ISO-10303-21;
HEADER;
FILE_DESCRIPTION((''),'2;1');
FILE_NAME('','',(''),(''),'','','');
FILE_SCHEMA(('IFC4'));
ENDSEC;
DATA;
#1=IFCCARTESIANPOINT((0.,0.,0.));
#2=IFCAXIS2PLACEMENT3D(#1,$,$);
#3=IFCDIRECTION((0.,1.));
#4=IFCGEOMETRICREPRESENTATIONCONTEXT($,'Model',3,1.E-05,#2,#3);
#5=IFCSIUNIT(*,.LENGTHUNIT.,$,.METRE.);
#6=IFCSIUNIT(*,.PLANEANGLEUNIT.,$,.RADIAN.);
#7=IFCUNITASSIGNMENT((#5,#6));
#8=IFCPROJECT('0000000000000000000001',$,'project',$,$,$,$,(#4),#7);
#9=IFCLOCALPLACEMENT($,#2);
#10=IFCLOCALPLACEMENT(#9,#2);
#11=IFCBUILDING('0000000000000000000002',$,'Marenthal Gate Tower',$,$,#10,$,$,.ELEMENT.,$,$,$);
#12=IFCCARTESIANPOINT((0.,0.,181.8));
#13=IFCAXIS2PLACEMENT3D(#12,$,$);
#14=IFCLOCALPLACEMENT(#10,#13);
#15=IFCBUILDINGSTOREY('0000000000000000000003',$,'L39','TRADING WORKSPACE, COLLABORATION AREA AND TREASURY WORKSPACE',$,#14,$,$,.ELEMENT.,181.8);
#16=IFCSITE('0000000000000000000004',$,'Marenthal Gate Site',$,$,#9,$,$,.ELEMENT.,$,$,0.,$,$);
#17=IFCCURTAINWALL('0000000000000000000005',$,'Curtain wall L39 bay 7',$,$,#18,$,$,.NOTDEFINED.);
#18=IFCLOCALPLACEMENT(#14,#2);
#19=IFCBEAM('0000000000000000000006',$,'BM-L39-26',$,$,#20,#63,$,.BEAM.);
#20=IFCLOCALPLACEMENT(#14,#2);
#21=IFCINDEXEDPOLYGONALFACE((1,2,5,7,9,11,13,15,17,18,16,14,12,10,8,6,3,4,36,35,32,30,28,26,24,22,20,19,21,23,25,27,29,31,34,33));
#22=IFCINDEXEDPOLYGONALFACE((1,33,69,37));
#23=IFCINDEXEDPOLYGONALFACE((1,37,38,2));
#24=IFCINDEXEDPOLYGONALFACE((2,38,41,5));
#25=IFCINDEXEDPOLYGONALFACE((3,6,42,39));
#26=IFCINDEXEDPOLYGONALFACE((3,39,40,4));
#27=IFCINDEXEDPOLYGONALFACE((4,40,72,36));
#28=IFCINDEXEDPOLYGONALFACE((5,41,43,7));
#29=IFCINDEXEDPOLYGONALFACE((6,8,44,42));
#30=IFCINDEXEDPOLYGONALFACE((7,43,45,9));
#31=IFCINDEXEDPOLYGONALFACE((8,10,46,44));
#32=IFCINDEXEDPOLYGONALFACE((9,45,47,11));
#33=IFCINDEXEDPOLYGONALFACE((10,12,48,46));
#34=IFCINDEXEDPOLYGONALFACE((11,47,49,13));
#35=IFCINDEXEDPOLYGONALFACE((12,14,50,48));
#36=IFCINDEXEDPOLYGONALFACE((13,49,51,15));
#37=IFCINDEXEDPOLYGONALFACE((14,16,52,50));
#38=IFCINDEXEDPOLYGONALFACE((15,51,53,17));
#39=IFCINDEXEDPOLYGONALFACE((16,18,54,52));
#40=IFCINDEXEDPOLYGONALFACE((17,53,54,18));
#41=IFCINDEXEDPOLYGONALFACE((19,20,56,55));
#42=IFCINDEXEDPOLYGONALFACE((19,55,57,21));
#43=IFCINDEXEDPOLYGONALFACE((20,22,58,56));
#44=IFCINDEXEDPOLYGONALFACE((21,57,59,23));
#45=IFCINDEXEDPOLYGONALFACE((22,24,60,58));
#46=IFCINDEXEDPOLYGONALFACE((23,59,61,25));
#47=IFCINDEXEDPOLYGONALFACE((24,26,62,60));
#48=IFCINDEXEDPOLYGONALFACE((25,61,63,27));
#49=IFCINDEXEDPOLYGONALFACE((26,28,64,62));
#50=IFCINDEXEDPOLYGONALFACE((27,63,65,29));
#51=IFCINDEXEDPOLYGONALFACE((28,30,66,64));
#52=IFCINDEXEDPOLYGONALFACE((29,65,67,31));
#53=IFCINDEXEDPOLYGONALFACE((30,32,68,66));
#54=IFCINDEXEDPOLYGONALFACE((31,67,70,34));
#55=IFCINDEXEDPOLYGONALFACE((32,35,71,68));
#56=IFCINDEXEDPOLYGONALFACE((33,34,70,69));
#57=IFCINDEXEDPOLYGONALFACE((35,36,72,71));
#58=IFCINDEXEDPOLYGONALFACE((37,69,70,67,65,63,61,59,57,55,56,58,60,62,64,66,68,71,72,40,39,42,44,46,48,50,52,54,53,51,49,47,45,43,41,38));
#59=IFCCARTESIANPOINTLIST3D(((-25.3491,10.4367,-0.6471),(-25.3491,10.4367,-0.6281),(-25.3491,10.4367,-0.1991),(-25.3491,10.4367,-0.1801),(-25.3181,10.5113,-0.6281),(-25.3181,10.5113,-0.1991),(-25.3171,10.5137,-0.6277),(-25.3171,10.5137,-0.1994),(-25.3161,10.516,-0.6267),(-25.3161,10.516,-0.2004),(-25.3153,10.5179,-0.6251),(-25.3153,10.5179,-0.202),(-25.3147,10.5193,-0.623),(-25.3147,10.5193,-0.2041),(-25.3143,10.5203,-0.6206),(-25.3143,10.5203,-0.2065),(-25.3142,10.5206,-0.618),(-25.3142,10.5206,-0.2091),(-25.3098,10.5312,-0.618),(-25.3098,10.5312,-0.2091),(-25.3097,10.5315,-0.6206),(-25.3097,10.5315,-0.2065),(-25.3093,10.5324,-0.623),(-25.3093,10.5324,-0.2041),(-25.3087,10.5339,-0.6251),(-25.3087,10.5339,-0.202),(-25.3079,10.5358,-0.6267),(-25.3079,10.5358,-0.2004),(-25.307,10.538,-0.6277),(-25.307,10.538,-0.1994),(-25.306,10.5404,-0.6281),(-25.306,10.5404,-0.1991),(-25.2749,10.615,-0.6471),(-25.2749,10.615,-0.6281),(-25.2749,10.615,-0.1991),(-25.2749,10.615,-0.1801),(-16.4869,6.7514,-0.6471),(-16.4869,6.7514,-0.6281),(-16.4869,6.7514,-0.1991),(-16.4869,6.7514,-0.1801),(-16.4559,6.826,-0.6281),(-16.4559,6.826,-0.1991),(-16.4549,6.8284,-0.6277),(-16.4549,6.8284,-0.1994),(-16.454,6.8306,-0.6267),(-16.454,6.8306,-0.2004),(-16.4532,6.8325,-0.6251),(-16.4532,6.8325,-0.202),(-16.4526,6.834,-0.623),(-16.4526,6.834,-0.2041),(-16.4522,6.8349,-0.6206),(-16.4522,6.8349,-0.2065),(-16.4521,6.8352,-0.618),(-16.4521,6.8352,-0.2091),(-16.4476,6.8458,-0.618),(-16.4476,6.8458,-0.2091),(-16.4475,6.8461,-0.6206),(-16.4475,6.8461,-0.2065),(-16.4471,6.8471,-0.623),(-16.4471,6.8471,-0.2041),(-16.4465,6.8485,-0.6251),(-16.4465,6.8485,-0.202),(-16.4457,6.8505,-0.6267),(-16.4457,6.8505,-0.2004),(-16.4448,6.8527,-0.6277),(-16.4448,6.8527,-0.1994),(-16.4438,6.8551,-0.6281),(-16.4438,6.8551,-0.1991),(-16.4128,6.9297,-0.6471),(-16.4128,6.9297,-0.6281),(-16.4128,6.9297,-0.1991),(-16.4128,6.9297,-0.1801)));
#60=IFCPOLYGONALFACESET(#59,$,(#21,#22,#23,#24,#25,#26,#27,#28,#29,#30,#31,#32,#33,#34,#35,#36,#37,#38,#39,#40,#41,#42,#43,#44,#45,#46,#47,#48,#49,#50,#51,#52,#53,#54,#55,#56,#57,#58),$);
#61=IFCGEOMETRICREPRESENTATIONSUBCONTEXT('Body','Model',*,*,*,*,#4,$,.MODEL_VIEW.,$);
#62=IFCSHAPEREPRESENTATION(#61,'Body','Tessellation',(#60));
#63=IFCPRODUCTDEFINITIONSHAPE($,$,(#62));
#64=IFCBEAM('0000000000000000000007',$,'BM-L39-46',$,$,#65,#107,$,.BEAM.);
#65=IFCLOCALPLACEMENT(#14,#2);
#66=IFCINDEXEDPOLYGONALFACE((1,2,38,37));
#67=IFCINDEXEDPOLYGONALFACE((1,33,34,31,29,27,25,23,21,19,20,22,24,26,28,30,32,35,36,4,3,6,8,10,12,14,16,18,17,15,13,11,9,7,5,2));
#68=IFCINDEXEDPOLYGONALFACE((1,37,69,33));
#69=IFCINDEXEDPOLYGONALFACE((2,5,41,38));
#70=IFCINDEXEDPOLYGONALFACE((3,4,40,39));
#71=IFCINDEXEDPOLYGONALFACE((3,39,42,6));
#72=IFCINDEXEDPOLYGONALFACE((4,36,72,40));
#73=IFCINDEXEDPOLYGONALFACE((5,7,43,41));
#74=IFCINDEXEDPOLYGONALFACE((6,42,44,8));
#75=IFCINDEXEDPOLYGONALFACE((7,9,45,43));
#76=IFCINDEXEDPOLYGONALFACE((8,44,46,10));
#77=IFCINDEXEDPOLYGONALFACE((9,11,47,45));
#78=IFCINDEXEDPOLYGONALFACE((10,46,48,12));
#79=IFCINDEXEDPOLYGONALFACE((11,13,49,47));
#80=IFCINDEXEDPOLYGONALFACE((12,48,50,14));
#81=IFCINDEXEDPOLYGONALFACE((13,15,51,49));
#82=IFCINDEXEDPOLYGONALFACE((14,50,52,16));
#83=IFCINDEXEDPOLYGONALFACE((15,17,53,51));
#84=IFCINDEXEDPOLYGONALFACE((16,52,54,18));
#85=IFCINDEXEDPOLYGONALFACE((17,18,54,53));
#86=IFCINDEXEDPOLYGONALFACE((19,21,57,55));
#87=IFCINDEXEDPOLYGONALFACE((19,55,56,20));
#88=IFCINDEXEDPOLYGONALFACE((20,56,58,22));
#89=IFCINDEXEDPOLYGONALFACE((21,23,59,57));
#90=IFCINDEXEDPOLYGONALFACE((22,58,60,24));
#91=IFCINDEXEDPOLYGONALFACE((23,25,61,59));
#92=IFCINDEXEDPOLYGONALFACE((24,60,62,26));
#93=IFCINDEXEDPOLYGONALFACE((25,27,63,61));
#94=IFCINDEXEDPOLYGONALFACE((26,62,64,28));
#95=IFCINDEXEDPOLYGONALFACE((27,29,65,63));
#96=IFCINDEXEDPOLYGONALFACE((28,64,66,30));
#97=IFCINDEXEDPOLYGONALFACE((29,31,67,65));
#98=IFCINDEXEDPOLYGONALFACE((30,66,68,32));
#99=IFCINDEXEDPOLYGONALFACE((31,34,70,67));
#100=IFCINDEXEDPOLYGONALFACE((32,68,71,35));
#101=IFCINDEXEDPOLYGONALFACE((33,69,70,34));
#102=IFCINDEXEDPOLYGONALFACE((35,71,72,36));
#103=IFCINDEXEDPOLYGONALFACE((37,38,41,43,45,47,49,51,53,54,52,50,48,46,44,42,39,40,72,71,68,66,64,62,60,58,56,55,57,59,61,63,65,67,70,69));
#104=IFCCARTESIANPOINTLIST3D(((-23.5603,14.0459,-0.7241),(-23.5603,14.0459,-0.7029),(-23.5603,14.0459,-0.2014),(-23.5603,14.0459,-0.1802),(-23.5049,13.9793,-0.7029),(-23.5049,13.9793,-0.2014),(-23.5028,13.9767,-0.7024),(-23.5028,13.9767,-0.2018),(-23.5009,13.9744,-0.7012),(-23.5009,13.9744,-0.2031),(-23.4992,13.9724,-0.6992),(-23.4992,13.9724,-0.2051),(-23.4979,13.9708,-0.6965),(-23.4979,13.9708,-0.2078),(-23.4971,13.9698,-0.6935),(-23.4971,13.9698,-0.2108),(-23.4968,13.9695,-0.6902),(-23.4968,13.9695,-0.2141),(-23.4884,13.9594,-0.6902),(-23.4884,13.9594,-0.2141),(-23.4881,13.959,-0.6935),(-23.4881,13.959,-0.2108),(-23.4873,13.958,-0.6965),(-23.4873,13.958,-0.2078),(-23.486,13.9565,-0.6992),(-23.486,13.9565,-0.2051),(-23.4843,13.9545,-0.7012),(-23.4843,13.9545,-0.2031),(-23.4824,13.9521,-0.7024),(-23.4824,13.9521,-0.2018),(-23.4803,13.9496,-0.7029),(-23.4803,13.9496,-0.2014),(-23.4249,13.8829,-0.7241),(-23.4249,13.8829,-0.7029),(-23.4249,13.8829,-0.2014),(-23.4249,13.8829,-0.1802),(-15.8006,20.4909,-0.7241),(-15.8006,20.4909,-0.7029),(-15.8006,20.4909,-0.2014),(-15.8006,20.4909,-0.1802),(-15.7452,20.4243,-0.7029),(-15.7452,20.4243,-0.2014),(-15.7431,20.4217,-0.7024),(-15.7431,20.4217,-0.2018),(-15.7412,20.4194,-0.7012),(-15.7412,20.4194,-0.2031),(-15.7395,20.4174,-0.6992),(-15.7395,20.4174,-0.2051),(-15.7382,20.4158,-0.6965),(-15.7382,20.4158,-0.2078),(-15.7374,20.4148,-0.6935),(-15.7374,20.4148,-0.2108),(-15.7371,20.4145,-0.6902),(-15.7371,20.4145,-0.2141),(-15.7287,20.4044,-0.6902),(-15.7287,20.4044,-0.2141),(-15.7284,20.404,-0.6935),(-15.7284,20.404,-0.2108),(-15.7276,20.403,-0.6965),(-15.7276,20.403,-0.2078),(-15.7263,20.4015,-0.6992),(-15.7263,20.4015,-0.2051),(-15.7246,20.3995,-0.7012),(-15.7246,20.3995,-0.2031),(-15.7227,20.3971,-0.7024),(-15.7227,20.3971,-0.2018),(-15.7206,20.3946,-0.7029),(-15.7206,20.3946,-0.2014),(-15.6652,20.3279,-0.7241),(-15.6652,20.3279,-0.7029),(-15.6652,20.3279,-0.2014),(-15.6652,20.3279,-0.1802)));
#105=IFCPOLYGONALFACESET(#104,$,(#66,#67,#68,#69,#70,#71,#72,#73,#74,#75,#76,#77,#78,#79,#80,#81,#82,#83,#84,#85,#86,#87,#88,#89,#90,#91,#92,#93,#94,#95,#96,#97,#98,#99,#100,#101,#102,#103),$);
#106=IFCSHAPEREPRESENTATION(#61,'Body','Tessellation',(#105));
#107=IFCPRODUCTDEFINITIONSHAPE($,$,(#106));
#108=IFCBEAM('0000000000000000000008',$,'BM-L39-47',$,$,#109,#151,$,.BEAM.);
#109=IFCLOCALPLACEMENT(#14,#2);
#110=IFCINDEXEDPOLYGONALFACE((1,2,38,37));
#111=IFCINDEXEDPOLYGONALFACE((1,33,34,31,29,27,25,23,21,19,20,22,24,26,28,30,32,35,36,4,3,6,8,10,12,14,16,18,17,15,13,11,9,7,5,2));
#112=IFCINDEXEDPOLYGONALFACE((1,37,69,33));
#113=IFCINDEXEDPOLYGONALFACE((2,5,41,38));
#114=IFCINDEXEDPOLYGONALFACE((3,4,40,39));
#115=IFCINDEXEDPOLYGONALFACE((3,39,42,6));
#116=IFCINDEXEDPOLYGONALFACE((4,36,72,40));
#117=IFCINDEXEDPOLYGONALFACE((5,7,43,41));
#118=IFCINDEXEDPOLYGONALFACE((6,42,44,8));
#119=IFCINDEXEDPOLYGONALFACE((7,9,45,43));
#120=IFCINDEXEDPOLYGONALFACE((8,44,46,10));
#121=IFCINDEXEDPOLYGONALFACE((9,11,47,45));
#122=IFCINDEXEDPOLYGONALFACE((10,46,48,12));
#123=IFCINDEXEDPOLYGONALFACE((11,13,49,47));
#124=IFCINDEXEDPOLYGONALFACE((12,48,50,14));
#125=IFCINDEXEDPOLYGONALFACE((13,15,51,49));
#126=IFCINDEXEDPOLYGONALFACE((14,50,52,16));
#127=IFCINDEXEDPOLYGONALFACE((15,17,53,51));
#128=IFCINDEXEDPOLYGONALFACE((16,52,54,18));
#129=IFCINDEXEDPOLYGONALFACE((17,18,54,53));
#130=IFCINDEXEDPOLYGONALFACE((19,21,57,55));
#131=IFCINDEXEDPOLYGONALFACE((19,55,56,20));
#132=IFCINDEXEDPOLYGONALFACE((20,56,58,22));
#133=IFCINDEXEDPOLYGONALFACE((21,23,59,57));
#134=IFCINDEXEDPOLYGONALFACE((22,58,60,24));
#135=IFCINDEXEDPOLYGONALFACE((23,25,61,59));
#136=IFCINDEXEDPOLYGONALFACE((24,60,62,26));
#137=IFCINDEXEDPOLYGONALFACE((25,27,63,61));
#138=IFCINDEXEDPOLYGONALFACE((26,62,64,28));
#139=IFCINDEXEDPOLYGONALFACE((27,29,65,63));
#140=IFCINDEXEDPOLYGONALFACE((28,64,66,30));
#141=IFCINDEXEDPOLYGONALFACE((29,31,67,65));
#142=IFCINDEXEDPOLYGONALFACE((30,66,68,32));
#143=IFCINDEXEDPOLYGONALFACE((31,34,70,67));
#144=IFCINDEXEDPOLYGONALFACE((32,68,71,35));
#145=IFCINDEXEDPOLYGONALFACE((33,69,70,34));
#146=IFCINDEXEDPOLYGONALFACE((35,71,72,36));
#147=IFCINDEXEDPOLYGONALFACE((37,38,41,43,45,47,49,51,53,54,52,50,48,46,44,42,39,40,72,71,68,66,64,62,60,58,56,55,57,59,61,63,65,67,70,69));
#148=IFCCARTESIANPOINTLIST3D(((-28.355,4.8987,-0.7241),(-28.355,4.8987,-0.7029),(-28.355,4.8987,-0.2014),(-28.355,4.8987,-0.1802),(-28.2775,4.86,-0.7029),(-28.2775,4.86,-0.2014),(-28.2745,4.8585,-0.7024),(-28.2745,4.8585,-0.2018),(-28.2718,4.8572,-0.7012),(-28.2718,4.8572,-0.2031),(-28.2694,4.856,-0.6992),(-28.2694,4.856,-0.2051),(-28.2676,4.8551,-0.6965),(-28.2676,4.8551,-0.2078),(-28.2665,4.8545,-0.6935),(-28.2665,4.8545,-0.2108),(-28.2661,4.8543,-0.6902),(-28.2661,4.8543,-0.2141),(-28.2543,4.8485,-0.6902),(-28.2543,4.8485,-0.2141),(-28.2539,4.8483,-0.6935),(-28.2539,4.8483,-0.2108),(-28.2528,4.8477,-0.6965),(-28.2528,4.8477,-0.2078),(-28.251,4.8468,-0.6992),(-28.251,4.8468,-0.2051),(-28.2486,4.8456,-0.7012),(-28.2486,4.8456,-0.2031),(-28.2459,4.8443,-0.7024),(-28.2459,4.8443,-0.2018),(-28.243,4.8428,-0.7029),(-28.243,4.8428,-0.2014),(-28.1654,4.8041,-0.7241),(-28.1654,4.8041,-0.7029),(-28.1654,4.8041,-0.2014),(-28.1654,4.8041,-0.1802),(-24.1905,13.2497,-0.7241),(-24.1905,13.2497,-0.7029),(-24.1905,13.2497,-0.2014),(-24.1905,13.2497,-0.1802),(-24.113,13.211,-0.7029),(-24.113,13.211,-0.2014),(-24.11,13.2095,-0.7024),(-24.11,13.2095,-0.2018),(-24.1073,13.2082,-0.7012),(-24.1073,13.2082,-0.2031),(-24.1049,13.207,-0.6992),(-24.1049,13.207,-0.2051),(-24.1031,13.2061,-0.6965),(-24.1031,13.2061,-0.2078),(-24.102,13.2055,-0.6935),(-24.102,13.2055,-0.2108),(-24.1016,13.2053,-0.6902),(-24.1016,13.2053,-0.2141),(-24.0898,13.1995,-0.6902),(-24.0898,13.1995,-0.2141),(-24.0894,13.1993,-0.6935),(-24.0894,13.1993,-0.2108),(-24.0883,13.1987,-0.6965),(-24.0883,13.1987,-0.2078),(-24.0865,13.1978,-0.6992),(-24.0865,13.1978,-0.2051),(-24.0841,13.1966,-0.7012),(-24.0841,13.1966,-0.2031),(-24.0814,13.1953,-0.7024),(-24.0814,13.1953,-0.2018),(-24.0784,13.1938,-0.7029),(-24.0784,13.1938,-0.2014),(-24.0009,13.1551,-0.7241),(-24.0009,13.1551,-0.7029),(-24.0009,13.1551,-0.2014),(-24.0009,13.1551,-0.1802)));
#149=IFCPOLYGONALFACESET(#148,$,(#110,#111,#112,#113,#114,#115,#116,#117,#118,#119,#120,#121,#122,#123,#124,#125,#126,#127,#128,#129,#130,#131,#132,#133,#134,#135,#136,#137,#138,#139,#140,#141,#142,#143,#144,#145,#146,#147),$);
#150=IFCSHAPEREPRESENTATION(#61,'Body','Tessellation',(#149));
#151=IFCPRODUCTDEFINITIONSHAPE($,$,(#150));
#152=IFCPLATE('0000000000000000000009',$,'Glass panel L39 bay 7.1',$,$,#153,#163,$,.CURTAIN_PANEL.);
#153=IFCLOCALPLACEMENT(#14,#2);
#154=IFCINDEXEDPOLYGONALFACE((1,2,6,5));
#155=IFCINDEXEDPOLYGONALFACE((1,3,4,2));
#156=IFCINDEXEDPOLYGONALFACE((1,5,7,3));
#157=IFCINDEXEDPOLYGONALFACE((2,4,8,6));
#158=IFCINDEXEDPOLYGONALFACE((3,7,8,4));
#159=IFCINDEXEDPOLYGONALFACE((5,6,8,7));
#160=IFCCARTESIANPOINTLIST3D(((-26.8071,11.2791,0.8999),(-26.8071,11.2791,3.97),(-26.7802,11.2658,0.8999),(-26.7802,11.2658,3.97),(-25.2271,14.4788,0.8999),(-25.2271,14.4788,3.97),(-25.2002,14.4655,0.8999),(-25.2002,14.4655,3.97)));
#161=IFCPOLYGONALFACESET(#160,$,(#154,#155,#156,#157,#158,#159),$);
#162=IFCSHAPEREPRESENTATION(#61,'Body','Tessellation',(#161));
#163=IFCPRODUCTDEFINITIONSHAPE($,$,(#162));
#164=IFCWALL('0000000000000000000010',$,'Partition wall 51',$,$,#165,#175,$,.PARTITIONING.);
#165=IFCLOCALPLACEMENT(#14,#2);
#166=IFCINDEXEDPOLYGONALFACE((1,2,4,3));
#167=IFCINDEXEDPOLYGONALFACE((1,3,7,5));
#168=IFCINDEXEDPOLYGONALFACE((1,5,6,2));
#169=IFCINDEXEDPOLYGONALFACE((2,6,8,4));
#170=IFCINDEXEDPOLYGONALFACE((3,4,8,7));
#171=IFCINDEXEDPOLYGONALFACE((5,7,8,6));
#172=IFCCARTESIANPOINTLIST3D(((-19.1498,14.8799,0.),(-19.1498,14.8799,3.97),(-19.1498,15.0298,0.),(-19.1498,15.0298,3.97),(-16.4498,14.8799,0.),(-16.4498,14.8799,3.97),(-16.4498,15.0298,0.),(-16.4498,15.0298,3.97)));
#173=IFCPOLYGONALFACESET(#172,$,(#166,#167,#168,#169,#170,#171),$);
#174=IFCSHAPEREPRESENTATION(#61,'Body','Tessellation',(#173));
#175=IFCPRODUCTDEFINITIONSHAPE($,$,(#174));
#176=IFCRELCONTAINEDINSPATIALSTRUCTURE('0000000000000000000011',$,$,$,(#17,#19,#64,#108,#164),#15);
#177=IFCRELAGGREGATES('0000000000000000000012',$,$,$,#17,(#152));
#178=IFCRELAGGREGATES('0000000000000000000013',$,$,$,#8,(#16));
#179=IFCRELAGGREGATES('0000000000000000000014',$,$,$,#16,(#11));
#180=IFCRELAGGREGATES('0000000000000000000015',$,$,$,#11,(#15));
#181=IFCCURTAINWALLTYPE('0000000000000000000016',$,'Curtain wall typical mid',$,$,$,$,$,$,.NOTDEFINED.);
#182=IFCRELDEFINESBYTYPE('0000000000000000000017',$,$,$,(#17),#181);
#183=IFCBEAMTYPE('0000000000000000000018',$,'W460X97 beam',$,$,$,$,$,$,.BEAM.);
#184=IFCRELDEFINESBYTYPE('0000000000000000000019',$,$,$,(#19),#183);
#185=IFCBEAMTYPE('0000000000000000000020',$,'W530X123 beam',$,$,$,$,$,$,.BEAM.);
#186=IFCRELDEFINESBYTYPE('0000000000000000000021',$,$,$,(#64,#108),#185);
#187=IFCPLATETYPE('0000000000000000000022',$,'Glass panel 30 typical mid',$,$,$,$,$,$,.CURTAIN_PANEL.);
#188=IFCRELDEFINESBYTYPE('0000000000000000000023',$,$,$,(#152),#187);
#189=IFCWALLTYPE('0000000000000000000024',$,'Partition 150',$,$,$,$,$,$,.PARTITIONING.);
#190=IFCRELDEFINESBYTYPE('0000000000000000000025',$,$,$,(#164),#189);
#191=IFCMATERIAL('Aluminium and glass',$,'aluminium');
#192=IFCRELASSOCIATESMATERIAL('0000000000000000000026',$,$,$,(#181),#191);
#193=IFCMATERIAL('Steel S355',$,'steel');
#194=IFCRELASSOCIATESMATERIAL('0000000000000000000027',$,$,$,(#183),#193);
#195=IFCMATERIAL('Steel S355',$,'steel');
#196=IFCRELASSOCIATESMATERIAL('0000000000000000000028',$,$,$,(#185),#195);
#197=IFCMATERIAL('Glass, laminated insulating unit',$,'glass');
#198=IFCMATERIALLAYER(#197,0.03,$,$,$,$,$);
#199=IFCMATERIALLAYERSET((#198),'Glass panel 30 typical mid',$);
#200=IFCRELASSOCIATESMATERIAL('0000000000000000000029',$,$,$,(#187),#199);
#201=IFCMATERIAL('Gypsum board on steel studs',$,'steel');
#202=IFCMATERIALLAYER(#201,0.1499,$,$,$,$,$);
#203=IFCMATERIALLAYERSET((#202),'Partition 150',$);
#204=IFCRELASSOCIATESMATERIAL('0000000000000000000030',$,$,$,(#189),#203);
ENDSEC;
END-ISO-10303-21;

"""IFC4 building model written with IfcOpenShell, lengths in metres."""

from ifc_helpers import new_model, si_unit, direction, frame, frame_2d, origin, origin_2d, place, context, subcontext, project, spatial, rectangle, i_section, extrude, material, layer, layer_set, material_profile, profile_set, type_object, element, aggregate, save


model = new_model("IFC4")

# Units and contexts
model_context = context("Model", 3, precision=1e-05, world=origin(), true_north=direction((0.0, 1.0)))
body_context = subcontext(model_context, "Body", "Model", "MODEL_VIEW")
ifc_project = project(units=[si_unit("LENGTHUNIT", "METRE"), si_unit("PLANEANGLEUNIT", "RADIAN")], contexts=[model_context])

# Site, building, storey
site_placement = place(None, origin())
site = spatial("IfcSite", under=ifc_project, at=site_placement, Name="Marenthal Gate Site", CompositionType="ELEMENT", RefElevation=0.0)
building_placement = place(site_placement, origin())
building = spatial("IfcBuilding", under=site, at=building_placement, Name="Marenthal Gate Tower", CompositionType="ELEMENT")
storey_placement = place(building_placement, frame((0.0, 0.0, 181.8)))
storey = spatial("IfcBuildingStorey", under=building, at=storey_placement, Name="L39", Description="TRADING WORKSPACE, COLLABORATION AREA AND TREASURY WORKSPACE", CompositionType="ELEMENT", Elevation=181.8)

# Shared definitions
ifc_material_1 = material(Name="Aluminium and glass", Category="aluminium")
curtain_wall_type = type_object("IfcCurtainWallType", Name="Curtain wall typical mid", PredefinedType="NOTDEFINED", material=ifc_material_1)

# Curtain wall
curtain_wall_1_placement = place(storey_placement, origin())
curtain_wall_1 = element("IfcCurtainWall", 1, at=curtain_wall_1_placement, inside=storey, type_object=curtain_wall_type, Name="Curtain wall L39 bay 7", PredefinedType="NOTDEFINED")

# Beams
ifc_material_2 = material(Name="Steel S355", Category="steel")
ifc_material_profile_1 = material_profile(ifc_material_2, i_section(OverallWidth=0.1931, OverallDepth=0.467, WebThickness=0.0115, FlangeThickness=0.019, FilletRadius=0.01, at=origin_2d()), Name="W460X97")
ifc_profile_set_1 = profile_set([ifc_material_profile_1], Name="Steel S355")
beam_type_1 = type_object("IfcBeamType", Name="W460X97 beam", PredefinedType="BEAM", material=ifc_profile_set_1)
beam_1_placement = place(storey_placement, frame((-25.312, 10.5259, -0.4136), z_axis=(0.923344, -0.383974, 0.0), x_axis=(0.383974, 0.923344, 0.0)))
element("IfcBeam", 2, at=beam_1_placement, inside=storey, type_object=beam_type_1, Name="BM-L39-26", PredefinedType="BEAM", context=body_context, shape_type="SweptSolid", body=[
    extrude(i_section(OverallWidth=0.1931, OverallDepth=0.467, WebThickness=0.0115, FlangeThickness=0.019, FilletRadius=0.01, at=origin_2d()), origin(), (0.0, 0.0, 1.0), 9.5979),
])
ifc_material_3 = material(Name="Steel S355", Category="steel")
ifc_material_profile_2 = material_profile(ifc_material_3, i_section(OverallWidth=0.2119, OverallDepth=0.5439, WebThickness=0.0132, FlangeThickness=0.0212, FilletRadius=0.0127, at=origin_2d()), Name="W530X123")
ifc_profile_set_2 = profile_set([ifc_material_profile_2], Name="Steel S355")
beam_type_2 = type_object("IfcBeamType", Name="W530X123 beam", PredefinedType="BEAM", material=ifc_profile_set_2)
beam_2_placement = place(storey_placement, frame((-15.7329, 20.4094, -0.4521), z_axis=(-0.769264, -0.638931, 0.0), x_axis=(0.638931, -0.769264, 0.0)))
element("IfcBeam", 3, at=beam_2_placement, inside=storey, type_object=beam_type_2, Name="BM-L39-46", PredefinedType="BEAM", context=body_context, shape_type="SweptSolid", body=[
    extrude(i_section(OverallWidth=0.2119, OverallDepth=0.5439, WebThickness=0.0132, FlangeThickness=0.0212, FilletRadius=0.0127, at=origin_2d()), origin(), (0.0, 0.0, 1.0), 10.0872),
])
beam_3_placement = place(storey_placement, frame((-24.0957, 13.2024, -0.4521), z_axis=(-0.446272, -0.894898, 0.0), x_axis=(0.894898, -0.446272, 0.0)))
element("IfcBeam", 4, at=beam_3_placement, inside=storey, type_object=beam_type_2, Name="BM-L39-47", PredefinedType="BEAM", context=body_context, shape_type="SweptSolid", body=[
    extrude(i_section(OverallWidth=0.2119, OverallDepth=0.5439, WebThickness=0.0132, FlangeThickness=0.0212, FilletRadius=0.0127, at=origin_2d()), origin(), (0.0, 0.0, 1.0), 9.3318),
])

# Plate
ifc_material_4 = material(Name="Glass, laminated insulating unit", Category="glass")
ifc_layer_1 = layer(ifc_material_4, 0.03)
ifc_layer_set_1 = layer_set([ifc_layer_1], Name="Glass panel 30 typical mid")
plate_type = type_object("IfcPlateType", Name="Glass panel 30 typical mid", PredefinedType="CURTAIN_PANEL", material=ifc_layer_set_1)
plate_placement = place(storey_placement, frame((-26.0037, 12.8723, 0.8999), z_axis=(0.0, 0.0, 1.0), x_axis=(-0.442753, -0.896643, 0.0)))
plate = element("IfcPlate", 5, at=plate_placement, type_object=plate_type, Name="Glass panel L39 bay 7.1", PredefinedType="CURTAIN_PANEL", context=body_context, shape_type="SweptSolid", body=[
    extrude(rectangle(XDim=3.5686, YDim=0.03, at=origin_2d()), origin(), (0.0, 0.0, 1.0), 3.0701),
])
aggregate(curtain_wall_1, [plate])

# Wall
ifc_material_5 = material(Name="Gypsum board on steel studs", Category="steel")
ifc_layer_2 = layer(ifc_material_5, 0.1499)
ifc_layer_set_2 = layer_set([ifc_layer_2], Name="Partition 150")
wall_type_1 = type_object("IfcWallType", Name="Partition 150", PredefinedType="PARTITIONING", material=ifc_layer_set_2)
wall_1_placement = place(storey_placement, frame((-19.1499, 14.9548, 0.0), z_axis=(0.0, 0.0, 1.0), x_axis=(1.0, 0.0, 0.0)))
element("IfcWall", 6, at=wall_1_placement, inside=storey, type_object=wall_type_1, Name="Partition wall 51", PredefinedType="PARTITIONING", context=body_context, shape_type="SweptSolid", body=[
    extrude(rectangle(XDim=2.7, YDim=0.1499, at=frame_2d((1.3501, 0.0))), origin(), (0.0, 0.0, 1.0), 3.97),
])

save(model, "model.ifc")
